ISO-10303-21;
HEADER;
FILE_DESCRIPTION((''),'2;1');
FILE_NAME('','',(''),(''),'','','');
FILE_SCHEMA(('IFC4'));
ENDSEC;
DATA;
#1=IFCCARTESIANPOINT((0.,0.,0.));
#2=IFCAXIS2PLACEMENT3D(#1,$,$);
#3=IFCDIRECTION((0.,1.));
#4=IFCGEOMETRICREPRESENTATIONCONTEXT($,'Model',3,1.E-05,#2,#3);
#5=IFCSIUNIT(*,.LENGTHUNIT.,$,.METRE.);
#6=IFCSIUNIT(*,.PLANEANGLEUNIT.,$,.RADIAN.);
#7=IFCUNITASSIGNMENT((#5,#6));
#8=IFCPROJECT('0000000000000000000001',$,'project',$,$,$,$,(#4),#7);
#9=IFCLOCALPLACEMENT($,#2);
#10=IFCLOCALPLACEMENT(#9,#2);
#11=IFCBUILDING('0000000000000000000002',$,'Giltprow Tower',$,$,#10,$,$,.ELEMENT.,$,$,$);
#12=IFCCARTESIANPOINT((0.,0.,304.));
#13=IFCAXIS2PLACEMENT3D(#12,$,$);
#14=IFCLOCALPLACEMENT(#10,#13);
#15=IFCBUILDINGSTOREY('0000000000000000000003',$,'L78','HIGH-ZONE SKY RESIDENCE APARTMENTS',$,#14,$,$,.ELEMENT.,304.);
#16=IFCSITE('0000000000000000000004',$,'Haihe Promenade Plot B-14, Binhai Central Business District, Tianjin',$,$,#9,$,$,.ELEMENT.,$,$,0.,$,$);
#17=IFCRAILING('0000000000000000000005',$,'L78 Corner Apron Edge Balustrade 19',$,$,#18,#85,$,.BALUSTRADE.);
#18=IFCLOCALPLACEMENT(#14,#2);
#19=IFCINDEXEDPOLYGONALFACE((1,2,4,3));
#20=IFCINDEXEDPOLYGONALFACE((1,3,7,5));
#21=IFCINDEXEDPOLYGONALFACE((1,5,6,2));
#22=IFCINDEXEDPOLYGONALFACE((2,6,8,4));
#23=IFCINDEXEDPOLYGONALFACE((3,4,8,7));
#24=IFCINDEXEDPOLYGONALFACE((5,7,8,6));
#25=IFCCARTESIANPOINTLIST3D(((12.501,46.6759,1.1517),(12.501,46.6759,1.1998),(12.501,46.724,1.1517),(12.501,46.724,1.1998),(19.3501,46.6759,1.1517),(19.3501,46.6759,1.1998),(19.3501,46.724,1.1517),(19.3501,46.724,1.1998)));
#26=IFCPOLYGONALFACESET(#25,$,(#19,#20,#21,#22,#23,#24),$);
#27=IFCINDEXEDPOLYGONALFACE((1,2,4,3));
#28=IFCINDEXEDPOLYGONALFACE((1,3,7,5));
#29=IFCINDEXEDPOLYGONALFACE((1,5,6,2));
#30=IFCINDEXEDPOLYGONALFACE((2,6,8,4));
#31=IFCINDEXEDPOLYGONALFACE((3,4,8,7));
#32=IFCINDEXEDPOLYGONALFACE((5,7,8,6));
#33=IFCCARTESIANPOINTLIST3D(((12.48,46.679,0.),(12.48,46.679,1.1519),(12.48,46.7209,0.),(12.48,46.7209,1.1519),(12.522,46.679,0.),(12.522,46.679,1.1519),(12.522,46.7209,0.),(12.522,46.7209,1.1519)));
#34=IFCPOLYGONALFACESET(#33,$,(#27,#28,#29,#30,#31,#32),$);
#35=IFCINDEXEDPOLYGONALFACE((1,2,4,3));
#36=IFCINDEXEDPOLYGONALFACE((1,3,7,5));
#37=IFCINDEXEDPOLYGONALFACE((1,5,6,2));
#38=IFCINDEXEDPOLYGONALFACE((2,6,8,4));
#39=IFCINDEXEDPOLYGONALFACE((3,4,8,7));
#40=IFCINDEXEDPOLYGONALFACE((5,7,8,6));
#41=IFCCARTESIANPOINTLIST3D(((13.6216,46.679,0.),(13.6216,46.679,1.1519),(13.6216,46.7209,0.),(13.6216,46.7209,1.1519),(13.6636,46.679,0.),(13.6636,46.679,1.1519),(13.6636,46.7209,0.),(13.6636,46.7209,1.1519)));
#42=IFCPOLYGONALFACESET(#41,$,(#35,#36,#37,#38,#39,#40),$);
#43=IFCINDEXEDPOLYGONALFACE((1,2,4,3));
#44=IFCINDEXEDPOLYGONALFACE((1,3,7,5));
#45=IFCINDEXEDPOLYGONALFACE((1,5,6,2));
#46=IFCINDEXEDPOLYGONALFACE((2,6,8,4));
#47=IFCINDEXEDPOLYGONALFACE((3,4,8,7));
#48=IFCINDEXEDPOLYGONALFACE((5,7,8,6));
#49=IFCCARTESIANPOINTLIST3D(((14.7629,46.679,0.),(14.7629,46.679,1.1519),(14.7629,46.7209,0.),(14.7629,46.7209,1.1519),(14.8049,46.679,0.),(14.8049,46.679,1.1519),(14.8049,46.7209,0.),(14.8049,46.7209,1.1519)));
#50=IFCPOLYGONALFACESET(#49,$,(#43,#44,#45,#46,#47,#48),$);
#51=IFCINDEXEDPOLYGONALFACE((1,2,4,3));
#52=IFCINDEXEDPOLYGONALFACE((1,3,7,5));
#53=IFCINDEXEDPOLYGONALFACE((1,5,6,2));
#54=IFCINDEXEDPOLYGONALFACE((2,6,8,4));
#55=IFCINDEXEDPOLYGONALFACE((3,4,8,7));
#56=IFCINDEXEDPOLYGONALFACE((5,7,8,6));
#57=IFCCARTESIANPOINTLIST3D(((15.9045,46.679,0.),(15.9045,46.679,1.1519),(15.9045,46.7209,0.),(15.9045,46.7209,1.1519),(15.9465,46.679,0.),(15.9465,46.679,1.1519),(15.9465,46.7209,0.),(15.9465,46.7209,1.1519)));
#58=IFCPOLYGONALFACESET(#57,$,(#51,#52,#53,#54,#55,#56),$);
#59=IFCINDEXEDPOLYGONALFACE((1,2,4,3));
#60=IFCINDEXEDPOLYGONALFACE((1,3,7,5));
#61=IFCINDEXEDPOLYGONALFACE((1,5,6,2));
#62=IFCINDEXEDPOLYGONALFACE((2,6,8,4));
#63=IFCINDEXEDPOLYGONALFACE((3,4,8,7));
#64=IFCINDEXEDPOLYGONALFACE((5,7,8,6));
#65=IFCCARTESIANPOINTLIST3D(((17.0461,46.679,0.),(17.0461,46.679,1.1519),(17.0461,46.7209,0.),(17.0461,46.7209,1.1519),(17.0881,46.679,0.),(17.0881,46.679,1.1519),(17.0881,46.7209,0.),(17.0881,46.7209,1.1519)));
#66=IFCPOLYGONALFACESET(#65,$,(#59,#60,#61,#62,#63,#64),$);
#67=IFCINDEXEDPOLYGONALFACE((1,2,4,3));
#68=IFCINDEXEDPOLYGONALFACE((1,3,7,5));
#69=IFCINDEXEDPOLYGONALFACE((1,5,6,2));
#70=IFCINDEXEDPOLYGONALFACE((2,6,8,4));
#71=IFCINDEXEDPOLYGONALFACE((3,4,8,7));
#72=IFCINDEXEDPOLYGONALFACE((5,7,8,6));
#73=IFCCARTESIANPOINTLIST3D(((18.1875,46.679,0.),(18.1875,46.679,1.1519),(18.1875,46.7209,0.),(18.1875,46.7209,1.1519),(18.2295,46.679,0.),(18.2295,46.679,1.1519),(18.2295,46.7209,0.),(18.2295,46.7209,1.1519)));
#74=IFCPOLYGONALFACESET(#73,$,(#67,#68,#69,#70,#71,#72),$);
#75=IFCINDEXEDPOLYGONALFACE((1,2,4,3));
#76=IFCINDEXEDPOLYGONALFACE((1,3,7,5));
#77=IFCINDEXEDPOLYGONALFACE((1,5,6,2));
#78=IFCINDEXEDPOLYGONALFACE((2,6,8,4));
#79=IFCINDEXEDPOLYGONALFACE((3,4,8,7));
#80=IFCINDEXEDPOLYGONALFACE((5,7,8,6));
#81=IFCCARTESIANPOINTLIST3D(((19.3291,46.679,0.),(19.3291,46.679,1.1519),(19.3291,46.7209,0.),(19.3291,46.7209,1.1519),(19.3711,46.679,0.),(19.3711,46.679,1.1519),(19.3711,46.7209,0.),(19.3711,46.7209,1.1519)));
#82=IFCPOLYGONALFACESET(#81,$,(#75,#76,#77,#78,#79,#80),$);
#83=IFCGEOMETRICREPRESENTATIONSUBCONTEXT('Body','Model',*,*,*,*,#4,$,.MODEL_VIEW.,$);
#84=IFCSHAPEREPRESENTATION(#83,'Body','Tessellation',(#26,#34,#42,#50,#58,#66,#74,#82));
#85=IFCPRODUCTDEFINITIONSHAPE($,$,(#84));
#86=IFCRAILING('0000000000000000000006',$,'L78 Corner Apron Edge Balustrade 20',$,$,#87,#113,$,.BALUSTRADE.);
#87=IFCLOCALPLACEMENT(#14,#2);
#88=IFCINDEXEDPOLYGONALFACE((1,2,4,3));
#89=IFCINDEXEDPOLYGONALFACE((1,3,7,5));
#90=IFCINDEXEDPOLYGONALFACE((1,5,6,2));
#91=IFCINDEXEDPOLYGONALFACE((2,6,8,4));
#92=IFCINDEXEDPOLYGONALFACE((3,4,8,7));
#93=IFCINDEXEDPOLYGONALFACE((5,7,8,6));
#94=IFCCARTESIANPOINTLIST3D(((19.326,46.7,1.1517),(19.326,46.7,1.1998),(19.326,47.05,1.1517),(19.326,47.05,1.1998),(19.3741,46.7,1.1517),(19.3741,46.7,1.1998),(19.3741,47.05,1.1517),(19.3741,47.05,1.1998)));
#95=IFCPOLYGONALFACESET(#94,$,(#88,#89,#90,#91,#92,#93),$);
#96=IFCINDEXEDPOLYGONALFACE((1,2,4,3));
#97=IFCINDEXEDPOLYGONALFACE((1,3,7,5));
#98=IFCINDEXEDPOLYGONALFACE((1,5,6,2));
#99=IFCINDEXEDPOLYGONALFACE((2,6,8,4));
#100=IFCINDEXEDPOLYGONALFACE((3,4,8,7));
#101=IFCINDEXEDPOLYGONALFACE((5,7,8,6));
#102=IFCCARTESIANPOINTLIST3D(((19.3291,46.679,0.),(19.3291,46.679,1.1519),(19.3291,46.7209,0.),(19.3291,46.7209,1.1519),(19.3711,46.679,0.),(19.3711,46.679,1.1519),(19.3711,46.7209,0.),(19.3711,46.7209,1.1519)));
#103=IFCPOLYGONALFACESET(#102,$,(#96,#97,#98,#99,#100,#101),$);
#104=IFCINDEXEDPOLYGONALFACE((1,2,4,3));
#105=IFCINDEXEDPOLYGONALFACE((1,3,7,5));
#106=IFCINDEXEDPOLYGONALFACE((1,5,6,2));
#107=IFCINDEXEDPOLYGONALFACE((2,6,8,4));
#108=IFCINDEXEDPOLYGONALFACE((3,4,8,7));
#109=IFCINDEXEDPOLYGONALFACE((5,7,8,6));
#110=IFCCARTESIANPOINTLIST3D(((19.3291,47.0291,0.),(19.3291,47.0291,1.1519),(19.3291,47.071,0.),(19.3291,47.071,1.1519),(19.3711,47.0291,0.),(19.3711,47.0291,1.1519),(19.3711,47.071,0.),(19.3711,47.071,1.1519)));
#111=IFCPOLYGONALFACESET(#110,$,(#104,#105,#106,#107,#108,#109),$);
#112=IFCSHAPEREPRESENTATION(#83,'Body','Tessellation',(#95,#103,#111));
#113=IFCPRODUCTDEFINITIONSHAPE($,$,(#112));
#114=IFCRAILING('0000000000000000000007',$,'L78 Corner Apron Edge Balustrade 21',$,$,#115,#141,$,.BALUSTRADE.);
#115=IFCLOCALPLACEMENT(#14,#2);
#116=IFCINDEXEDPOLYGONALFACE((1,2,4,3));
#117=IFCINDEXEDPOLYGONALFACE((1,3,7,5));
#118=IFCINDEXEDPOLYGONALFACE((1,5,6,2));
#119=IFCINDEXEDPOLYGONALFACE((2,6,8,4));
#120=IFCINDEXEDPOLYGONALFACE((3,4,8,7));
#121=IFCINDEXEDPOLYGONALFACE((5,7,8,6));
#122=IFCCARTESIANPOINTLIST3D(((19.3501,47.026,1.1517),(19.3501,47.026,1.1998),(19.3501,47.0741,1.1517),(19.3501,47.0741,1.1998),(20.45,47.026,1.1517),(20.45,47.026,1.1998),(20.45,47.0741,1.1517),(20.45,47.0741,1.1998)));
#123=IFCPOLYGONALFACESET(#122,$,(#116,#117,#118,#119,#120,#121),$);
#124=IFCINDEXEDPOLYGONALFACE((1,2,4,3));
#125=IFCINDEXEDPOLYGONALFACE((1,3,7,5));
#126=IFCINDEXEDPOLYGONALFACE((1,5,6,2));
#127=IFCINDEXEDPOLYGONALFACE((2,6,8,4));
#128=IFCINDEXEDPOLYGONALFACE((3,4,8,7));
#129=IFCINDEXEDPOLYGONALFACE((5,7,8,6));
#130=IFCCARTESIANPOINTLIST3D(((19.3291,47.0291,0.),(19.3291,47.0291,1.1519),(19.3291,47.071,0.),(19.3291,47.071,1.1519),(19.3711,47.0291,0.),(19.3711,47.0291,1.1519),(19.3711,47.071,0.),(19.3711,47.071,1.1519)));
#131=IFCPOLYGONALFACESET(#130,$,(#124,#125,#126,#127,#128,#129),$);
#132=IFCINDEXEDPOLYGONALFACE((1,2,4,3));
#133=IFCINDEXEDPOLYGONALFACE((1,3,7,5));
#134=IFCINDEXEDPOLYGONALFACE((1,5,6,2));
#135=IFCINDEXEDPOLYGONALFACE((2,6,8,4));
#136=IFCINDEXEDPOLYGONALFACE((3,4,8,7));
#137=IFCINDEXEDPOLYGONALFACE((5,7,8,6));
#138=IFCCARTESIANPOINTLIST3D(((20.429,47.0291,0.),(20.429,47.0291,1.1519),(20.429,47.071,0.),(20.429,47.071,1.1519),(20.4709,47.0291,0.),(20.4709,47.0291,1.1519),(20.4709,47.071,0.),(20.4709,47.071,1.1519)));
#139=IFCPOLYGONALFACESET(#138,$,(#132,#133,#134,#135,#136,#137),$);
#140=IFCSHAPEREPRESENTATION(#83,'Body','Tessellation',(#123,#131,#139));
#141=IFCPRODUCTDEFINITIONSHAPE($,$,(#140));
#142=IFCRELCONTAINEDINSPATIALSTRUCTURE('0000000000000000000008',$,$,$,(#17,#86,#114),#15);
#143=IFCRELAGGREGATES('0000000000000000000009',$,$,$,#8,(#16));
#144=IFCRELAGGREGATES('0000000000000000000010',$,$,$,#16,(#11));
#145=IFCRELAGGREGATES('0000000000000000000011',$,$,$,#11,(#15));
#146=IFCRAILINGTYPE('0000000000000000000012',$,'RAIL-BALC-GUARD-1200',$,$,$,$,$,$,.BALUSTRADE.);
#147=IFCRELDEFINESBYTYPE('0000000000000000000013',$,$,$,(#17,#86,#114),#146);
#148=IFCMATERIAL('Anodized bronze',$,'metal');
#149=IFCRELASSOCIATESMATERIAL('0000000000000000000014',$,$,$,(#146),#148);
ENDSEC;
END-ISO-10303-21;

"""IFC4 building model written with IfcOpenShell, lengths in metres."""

from ifc_helpers import new_model, si_unit, direction, frame, origin, origin_2d, place, context, subcontext, project, spatial, rectangle, extrude, material, type_object, element, save


model = new_model("IFC4")

# Units and contexts
model_context = context("Model", 3, precision=1e-05, world=origin(), true_north=direction((0.0, 1.0)))
body_context = subcontext(model_context, "Body", "Model", "MODEL_VIEW")
ifc_project = project(units=[si_unit("LENGTHUNIT", "METRE"), si_unit("PLANEANGLEUNIT", "RADIAN")], contexts=[model_context])

# Site, building, storey
site_placement = place(None, origin())
site = spatial("IfcSite", under=ifc_project, at=site_placement, Name="Haihe Promenade Plot B-14, Binhai Central Business District, Tianjin", CompositionType="ELEMENT", RefElevation=0.0)
building_placement = place(site_placement, origin())
building = spatial("IfcBuilding", under=site, at=building_placement, Name="Giltprow Tower", CompositionType="ELEMENT")
storey_placement = place(building_placement, frame((0.0, 0.0, 304.0)))
storey = spatial("IfcBuildingStorey", under=building, at=storey_placement, Name="L78", Description="HIGH-ZONE SKY RESIDENCE APARTMENTS", CompositionType="ELEMENT", Elevation=304.0)

# Railings
ifc_material_1 = material(Name="Anodized bronze", Category="metal")
railing_type = type_object("IfcRailingType", Name="RAIL-BALC-GUARD-1200", PredefinedType="BALUSTRADE", material=ifc_material_1)
railing_1_placement = place(storey_placement, frame((12.501, 46.7, 0.0)))
element("IfcRailing", 1, at=railing_1_placement, inside=storey, type_object=railing_type, Name="L78 Corner Apron Edge Balustrade 19", PredefinedType="BALUSTRADE", context=body_context, shape_type="SweptSolid", body=[
    extrude(rectangle(XDim=0.0481, YDim=0.0481, at=origin_2d()), frame((0.0, 0.0, 1.1758), z_axis=(1.0, 0.0, 0.0), x_axis=(0.0, 1.0, 0.0)), (0.0, 0.0, 1.0), 6.8491),
    extrude(rectangle(XDim=0.042, YDim=0.042, at=origin_2d()), origin(), (0.0, 0.0, 1.0), 1.1519),
    extrude(rectangle(XDim=0.042, YDim=0.042, at=origin_2d()), frame((1.1416, 0.0, 0.0)), (0.0, 0.0, 1.0), 1.1519),
    extrude(rectangle(XDim=0.042, YDim=0.042, at=origin_2d()), frame((2.283, 0.0, 0.0)), (0.0, 0.0, 1.0), 1.1519),
    extrude(rectangle(XDim=0.042, YDim=0.042, at=origin_2d()), frame((3.4246, 0.0, 0.0)), (0.0, 0.0, 1.0), 1.1519),
    extrude(rectangle(XDim=0.042, YDim=0.042, at=origin_2d()), frame((4.5662, 0.0, 0.0)), (0.0, 0.0, 1.0), 1.1519),
    extrude(rectangle(XDim=0.042, YDim=0.042, at=origin_2d()), frame((5.7075, 0.0, 0.0)), (0.0, 0.0, 1.0), 1.1519),
    extrude(rectangle(XDim=0.042, YDim=0.042, at=origin_2d()), frame((6.8491, 0.0, 0.0)), (0.0, 0.0, 1.0), 1.1519),
])
railing_2_placement = place(storey_placement, frame((19.3501, 46.7, 0.0)))
element("IfcRailing", 2, at=railing_2_placement, inside=storey, type_object=railing_type, Name="L78 Corner Apron Edge Balustrade 20", PredefinedType="BALUSTRADE", context=body_context, shape_type="SweptSolid", body=[
    extrude(rectangle(XDim=0.0481, YDim=0.0481, at=origin_2d()), frame((0.0, 0.0, 1.1758), z_axis=(0.0, 1.0, 0.0), x_axis=(-1.0, 0.0, 0.0)), (0.0, 0.0, 1.0), 0.3501),
    extrude(rectangle(XDim=0.042, YDim=0.042, at=origin_2d()), origin(), (0.0, 0.0, 1.0), 1.1519),
    extrude(rectangle(XDim=0.042, YDim=0.042, at=origin_2d()), frame((0.0, 0.3501, 0.0)), (0.0, 0.0, 1.0), 1.1519),
])
railing_3_placement = place(storey_placement, frame((19.3501, 47.05, 0.0)))
element("IfcRailing", 3, at=railing_3_placement, inside=storey, type_object=railing_type, Name="L78 Corner Apron Edge Balustrade 21", PredefinedType="BALUSTRADE", context=body_context, shape_type="SweptSolid", body=[
    extrude(rectangle(XDim=0.0481, YDim=0.0481, at=origin_2d()), frame((0.0, 0.0, 1.1758), z_axis=(1.0, 0.0, 0.0), x_axis=(0.0, 1.0, 0.0)), (0.0, 0.0, 1.0), 1.0999),
    extrude(rectangle(XDim=0.042, YDim=0.042, at=origin_2d()), origin(), (0.0, 0.0, 1.0), 1.1519),
    extrude(rectangle(XDim=0.042, YDim=0.042, at=origin_2d()), frame((1.0999, 0.0, 0.0)), (0.0, 0.0, 1.0), 1.1519),
])

save(model, "model.ifc")
